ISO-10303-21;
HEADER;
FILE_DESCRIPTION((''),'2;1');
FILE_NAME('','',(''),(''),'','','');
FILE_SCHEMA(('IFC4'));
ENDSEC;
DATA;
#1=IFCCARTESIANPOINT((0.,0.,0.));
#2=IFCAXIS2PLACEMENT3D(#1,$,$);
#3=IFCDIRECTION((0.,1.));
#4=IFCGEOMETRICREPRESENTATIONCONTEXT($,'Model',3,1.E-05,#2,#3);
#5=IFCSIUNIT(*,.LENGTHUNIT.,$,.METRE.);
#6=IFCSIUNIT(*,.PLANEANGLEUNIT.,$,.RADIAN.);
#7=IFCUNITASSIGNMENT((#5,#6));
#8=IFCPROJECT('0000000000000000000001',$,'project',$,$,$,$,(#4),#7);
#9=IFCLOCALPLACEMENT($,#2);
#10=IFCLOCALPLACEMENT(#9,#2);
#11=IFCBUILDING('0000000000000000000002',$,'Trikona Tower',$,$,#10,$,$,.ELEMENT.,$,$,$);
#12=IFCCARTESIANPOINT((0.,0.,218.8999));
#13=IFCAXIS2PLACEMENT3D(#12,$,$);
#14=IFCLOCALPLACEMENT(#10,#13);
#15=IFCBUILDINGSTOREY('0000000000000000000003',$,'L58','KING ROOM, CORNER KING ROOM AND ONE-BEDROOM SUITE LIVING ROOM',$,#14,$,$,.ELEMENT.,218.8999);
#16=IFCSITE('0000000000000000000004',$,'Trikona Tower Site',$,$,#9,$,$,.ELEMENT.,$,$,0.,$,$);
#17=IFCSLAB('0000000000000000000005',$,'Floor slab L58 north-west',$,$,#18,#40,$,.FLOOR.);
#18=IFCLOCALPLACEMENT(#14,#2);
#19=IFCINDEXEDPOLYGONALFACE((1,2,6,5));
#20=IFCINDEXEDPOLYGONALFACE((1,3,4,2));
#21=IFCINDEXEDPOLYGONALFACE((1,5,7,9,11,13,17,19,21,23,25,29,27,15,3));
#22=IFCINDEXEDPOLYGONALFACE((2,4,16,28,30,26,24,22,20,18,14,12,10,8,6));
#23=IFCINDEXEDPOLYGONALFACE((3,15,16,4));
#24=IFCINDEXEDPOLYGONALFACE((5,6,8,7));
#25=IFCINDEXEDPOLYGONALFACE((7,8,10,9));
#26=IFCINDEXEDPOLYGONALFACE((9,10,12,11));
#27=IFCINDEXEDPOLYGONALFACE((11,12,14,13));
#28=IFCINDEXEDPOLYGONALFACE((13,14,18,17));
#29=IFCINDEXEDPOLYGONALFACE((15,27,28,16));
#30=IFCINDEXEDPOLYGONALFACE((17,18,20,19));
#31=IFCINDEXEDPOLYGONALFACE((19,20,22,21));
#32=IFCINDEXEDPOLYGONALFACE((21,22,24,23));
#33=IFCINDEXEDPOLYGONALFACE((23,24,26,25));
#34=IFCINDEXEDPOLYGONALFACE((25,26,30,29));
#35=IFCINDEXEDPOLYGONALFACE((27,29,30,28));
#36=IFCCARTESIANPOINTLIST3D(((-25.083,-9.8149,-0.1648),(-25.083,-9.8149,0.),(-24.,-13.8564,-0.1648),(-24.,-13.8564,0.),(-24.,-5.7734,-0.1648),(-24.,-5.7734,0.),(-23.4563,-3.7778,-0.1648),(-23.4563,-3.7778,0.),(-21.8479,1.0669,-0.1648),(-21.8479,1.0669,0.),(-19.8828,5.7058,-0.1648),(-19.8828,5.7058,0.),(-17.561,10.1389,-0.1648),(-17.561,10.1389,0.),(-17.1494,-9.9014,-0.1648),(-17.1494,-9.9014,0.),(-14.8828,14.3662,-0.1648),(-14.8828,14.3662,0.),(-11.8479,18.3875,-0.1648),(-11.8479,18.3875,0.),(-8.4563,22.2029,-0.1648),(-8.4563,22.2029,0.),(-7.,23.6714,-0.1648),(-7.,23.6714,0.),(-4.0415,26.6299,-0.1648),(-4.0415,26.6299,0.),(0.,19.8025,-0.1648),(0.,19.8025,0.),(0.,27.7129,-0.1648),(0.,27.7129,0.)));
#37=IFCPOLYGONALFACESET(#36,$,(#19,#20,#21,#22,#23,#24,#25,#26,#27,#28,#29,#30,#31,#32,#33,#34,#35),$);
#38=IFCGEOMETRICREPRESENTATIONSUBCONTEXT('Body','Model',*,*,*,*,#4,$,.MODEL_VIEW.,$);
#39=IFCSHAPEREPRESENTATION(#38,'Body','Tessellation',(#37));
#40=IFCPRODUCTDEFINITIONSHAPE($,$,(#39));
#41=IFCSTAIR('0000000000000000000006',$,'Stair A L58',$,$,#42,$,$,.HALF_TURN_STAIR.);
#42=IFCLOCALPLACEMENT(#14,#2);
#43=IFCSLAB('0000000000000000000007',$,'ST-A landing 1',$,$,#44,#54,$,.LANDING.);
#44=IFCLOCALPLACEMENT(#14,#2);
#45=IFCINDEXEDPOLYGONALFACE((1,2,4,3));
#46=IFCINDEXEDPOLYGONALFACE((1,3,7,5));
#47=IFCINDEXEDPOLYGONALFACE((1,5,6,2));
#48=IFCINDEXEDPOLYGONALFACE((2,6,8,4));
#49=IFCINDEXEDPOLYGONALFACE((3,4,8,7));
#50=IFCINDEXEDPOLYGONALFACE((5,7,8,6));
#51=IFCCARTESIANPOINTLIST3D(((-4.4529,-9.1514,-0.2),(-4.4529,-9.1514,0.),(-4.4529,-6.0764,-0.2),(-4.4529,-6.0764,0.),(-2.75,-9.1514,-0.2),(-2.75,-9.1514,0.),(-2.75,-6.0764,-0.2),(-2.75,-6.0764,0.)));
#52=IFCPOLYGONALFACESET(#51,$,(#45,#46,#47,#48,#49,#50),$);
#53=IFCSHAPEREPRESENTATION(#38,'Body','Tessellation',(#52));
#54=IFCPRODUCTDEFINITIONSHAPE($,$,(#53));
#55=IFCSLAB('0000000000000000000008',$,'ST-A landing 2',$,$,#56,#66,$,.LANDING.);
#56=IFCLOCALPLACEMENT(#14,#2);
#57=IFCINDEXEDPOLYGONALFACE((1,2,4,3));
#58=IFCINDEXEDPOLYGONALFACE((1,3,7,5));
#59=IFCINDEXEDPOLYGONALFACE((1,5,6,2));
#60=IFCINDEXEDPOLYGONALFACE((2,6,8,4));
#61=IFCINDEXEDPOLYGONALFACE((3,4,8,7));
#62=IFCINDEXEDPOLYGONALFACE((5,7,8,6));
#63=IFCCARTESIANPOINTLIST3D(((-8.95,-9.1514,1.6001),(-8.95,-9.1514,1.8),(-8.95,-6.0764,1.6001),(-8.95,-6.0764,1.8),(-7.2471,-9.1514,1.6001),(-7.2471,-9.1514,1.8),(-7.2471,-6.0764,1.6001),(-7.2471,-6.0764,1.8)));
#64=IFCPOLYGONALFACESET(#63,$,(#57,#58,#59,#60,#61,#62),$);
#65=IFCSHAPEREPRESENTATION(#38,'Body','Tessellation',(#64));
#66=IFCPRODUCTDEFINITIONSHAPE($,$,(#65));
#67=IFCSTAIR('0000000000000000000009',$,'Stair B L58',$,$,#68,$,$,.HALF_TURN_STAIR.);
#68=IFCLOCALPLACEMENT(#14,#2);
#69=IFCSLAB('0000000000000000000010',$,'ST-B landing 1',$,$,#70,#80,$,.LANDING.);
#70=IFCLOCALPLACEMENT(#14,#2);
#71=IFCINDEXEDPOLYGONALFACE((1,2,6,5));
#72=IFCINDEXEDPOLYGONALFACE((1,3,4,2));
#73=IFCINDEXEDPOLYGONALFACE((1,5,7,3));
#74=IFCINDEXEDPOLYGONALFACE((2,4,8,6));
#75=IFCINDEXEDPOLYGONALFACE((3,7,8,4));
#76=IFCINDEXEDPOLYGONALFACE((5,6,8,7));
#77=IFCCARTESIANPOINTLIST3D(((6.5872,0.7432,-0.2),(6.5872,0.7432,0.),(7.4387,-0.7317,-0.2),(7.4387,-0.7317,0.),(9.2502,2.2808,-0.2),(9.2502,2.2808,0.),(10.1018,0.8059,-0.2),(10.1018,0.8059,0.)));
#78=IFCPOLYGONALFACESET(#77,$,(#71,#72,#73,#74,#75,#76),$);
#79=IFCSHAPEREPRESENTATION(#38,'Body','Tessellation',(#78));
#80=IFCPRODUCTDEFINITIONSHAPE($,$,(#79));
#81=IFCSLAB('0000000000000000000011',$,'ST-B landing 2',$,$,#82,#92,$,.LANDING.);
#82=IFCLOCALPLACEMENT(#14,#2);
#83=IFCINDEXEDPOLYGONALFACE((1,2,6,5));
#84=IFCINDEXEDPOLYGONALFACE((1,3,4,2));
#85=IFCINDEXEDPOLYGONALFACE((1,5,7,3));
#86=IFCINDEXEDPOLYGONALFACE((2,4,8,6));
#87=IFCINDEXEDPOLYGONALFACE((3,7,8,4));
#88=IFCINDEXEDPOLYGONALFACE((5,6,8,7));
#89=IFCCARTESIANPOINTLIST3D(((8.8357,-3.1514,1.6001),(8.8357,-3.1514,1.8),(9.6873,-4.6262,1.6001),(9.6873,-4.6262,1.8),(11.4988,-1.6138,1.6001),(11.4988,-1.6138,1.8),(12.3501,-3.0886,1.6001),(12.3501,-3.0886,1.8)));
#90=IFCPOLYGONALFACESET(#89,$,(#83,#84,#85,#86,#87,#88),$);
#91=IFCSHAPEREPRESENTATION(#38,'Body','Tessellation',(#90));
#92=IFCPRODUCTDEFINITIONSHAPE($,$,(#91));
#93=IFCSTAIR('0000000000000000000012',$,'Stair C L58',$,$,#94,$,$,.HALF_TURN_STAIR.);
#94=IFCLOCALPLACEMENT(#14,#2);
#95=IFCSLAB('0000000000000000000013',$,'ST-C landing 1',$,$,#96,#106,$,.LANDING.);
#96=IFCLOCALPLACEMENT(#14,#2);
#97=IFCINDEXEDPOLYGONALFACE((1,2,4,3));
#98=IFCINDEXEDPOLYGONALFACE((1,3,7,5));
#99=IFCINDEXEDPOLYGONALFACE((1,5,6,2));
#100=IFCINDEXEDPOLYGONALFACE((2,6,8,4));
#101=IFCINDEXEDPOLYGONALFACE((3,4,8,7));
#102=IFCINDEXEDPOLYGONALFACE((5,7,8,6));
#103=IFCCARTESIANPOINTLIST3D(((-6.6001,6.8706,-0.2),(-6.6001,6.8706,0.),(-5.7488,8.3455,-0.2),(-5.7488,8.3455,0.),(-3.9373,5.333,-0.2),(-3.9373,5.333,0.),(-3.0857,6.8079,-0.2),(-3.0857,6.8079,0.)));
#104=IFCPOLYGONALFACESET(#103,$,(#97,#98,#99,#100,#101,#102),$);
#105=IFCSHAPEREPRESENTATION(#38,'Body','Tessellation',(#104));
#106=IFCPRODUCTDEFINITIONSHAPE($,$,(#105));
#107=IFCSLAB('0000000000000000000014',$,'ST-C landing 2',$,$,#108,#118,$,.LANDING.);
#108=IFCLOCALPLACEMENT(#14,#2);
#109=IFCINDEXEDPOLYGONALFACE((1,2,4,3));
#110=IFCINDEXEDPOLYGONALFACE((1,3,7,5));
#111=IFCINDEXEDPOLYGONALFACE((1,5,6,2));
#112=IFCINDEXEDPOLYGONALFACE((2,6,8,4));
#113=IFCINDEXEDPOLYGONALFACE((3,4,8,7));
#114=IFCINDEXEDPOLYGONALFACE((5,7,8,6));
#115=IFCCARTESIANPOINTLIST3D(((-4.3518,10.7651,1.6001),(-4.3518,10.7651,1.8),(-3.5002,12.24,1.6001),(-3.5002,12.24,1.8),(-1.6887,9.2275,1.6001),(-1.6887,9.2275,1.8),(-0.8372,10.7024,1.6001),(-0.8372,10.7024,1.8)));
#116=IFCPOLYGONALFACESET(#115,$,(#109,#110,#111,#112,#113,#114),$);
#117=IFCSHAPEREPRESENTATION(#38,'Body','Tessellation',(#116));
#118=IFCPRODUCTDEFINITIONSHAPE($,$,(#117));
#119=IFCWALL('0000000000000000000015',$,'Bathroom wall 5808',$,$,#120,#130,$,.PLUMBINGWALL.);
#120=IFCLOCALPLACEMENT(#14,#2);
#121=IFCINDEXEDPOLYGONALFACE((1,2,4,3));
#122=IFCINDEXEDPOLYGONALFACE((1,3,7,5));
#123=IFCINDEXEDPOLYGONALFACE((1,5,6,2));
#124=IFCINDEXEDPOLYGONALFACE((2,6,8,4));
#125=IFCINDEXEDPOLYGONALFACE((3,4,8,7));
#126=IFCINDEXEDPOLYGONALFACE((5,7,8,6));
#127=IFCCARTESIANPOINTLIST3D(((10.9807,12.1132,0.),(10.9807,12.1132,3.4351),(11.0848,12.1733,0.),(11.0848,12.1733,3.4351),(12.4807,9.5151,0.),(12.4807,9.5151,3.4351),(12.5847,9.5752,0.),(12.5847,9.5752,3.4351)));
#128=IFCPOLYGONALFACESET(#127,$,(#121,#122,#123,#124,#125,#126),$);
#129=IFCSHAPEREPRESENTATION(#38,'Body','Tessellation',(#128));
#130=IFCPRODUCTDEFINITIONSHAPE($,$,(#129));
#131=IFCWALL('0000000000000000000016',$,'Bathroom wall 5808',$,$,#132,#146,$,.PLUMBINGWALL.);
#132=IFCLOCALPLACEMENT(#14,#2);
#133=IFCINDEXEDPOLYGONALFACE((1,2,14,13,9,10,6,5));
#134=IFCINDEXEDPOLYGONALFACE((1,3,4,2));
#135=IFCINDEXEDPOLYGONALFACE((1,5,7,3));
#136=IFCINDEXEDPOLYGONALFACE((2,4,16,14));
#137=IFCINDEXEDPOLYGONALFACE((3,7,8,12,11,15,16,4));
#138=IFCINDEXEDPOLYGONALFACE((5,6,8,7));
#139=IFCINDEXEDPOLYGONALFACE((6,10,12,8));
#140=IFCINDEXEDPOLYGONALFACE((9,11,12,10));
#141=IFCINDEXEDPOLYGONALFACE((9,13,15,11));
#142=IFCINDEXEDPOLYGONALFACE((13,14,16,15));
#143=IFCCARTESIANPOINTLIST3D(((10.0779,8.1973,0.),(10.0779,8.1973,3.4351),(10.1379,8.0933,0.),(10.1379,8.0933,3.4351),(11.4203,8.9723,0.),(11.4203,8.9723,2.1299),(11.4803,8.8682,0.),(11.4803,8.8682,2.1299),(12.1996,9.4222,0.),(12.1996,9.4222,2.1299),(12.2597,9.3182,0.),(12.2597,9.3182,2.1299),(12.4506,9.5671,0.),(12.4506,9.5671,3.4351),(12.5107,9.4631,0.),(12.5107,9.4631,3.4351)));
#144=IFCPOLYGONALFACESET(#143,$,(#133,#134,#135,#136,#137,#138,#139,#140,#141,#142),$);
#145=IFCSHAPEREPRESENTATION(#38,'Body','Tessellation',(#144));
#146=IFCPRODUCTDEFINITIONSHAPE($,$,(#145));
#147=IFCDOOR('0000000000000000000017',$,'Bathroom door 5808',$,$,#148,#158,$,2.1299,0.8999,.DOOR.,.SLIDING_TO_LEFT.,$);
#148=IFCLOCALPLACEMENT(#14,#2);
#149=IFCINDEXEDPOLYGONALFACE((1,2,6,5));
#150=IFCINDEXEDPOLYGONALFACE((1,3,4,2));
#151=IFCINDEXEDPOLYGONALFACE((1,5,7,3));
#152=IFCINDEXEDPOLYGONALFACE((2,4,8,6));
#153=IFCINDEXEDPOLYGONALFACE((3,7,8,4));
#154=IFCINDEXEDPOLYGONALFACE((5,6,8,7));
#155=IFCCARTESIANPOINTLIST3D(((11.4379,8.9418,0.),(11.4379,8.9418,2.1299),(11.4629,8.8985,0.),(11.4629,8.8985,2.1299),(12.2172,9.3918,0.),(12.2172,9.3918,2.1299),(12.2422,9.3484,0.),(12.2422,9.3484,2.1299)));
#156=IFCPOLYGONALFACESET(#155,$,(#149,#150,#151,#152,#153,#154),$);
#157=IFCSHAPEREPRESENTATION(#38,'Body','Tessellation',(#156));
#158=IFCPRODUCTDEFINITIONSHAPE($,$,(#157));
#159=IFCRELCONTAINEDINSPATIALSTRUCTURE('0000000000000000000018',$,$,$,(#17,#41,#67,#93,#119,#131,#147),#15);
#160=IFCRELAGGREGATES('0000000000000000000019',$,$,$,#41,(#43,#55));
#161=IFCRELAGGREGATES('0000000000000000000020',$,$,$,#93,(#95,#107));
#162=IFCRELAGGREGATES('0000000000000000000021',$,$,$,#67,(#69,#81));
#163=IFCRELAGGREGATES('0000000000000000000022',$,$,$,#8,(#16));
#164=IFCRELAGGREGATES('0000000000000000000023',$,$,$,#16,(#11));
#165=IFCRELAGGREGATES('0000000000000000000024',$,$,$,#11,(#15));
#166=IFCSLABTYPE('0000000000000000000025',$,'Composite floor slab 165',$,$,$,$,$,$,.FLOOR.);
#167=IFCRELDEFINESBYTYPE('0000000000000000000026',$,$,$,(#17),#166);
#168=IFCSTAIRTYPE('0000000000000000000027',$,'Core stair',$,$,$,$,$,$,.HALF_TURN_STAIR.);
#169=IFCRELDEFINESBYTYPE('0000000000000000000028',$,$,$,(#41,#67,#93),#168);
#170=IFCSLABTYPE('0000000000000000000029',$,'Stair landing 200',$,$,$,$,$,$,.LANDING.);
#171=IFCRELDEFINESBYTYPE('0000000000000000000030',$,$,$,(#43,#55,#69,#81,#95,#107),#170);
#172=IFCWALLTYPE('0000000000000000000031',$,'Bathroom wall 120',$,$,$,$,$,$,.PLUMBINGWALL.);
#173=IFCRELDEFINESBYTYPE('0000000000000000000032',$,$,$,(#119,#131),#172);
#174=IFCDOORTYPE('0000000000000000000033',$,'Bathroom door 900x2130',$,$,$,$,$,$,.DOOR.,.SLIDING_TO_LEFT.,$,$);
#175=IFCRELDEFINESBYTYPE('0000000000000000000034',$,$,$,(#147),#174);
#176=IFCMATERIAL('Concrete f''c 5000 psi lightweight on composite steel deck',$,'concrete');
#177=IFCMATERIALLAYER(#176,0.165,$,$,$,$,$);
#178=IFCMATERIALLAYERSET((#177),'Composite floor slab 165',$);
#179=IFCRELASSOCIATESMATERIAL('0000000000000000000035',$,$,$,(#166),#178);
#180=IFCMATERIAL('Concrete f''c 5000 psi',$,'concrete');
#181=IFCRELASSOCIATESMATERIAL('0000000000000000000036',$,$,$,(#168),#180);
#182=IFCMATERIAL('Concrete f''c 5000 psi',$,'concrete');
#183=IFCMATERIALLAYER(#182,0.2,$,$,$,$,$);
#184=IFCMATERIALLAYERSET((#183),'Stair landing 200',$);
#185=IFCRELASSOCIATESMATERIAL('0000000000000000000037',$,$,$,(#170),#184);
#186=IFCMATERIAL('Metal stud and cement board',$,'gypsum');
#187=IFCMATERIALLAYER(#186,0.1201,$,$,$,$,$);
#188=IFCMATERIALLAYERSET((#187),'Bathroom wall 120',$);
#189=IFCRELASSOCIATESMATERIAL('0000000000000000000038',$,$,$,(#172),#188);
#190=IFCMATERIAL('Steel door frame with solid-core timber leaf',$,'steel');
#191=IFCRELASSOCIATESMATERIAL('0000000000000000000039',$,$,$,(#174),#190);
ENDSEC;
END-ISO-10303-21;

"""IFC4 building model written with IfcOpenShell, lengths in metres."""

from ifc_helpers import new_model, si_unit, direction, frame, frame_2d, origin, place, context, subcontext, project, spatial, polyline, rectangle, outline, extrude, material, layer, layer_set, type_object, element, fill, aggregate, save


model = new_model("IFC4")

# Units and contexts
model_context = context("Model", 3, precision=1e-05, world=origin(), true_north=direction((0.0, 1.0)))
body_context = subcontext(model_context, "Body", "Model", "MODEL_VIEW")
ifc_project = project(units=[si_unit("LENGTHUNIT", "METRE"), si_unit("PLANEANGLEUNIT", "RADIAN")], contexts=[model_context])

# Site, building, storey
site_placement = place(None, origin())
site = spatial("IfcSite", under=ifc_project, at=site_placement, Name="Trikona Tower Site", CompositionType="ELEMENT", RefElevation=0.0)
building_placement = place(site_placement, origin())
building = spatial("IfcBuilding", under=site, at=building_placement, Name="Trikona Tower", CompositionType="ELEMENT")
storey_placement = place(building_placement, frame((0.0, 0.0, 218.8999)))
storey = spatial("IfcBuildingStorey", under=building, at=storey_placement, Name="L58", Description="KING ROOM, CORNER KING ROOM AND ONE-BEDROOM SUITE LIVING ROOM", CompositionType="ELEMENT", Elevation=218.8999)

# Slab
ifc_material_1 = material(Name="Concrete f'c 5000 psi lightweight on composite steel deck", Category="concrete")
ifc_layer_1 = layer(ifc_material_1, 0.165)
ifc_layer_set_1 = layer_set([ifc_layer_1], Name="Composite floor slab 165")
slab_type_1 = type_object("IfcSlabType", Name="Composite floor slab 165", PredefinedType="FLOOR", material=ifc_layer_set_1)
slab_1_placement = place(storey_placement, frame((0.0, 0.0, -0.1648)))
element("IfcSlab", 1, at=slab_1_placement, inside=storey, type_object=slab_type_1, Name="Floor slab L58 north-west", PredefinedType="FLOOR", context=body_context, shape_type="SweptSolid", body=[
    extrude(outline(polyline([(-7.0, 23.6714), (-8.4563, 22.2029), (-11.8479, 18.3875), (-14.8828, 14.3662), (-17.561, 10.1389), (-19.8828, 5.7058), (-21.8479, 1.0669), (-23.4563, -3.7778), (-24.0, -5.7734), (-25.083, -9.8149), (-24.0, -13.8564), (-17.1494, -9.9014), (0.0, 19.8025), (0.0, 27.7129), (-4.0415, 26.6299), (-7.0, 23.6714)])), origin(), (0.0, 0.0, 1.0), 0.1648),
])

# Stairs, slabs
ifc_material_2 = material(Name="Concrete f'c 5000 psi", Category="concrete")
stair_type = type_object("IfcStairType", Name="Core stair", PredefinedType="HALF_TURN_STAIR", material=ifc_material_2)
stair_1_placement = place(storey_placement, origin())
stair_1 = element("IfcStair", 2, at=stair_1_placement, inside=storey, type_object=stair_type, Name="Stair A L58", PredefinedType="HALF_TURN_STAIR")
ifc_material_3 = material(Name="Concrete f'c 5000 psi", Category="concrete")
ifc_layer_2 = layer(ifc_material_3, 0.2)
ifc_layer_set_2 = layer_set([ifc_layer_2], Name="Stair landing 200")
slab_type_2 = type_object("IfcSlabType", Name="Stair landing 200", PredefinedType="LANDING", material=ifc_layer_set_2)
slab_2_placement = place(storey_placement, frame((0.0, 0.0, -0.2)))
slab_2 = element("IfcSlab", 3, at=slab_2_placement, type_object=slab_type_2, Name="ST-A landing 1", PredefinedType="LANDING", context=body_context, shape_type="SweptSolid", body=[
    extrude(outline(polyline([(-4.4529, -6.0764), (-2.75, -6.0764), (-2.75, -9.1514), (-4.4529, -9.1514), (-4.4529, -6.0764)])), origin(), (0.0, 0.0, 1.0), 0.2),
])
slab_3_placement = place(storey_placement, frame((0.0, 0.0, 1.6001)))
slab_3 = element("IfcSlab", 4, at=slab_3_placement, type_object=slab_type_2, Name="ST-A landing 2", PredefinedType="LANDING", context=body_context, shape_type="SweptSolid", body=[
    extrude(outline(polyline([(-8.95, -6.0764), (-7.2471, -6.0764), (-7.2471, -9.1514), (-8.95, -9.1514), (-8.95, -6.0764)])), origin(), (0.0, 0.0, 1.0), 0.2),
])
aggregate(stair_1, [slab_2, slab_3])
stair_2_placement = place(storey_placement, origin())
stair_2 = element("IfcStair", 5, at=stair_2_placement, inside=storey, type_object=stair_type, Name="Stair B L58", PredefinedType="HALF_TURN_STAIR")
slab_4_placement = place(storey_placement, frame((0.0, 0.0, -0.2)))
slab_4 = element("IfcSlab", 6, at=slab_4_placement, type_object=slab_type_2, Name="ST-B landing 1", PredefinedType="LANDING", context=body_context, shape_type="SweptSolid", body=[
    extrude(outline(polyline([(7.4387, -0.7317), (6.5872, 0.7432), (9.2502, 2.2808), (10.1018, 0.8059), (7.4387, -0.7317)])), origin(), (0.0, 0.0, 1.0), 0.2),
])
slab_5_placement = place(storey_placement, frame((0.0, 0.0, 1.6001)))
slab_5 = element("IfcSlab", 7, at=slab_5_placement, type_object=slab_type_2, Name="ST-B landing 2", PredefinedType="LANDING", context=body_context, shape_type="SweptSolid", body=[
    extrude(outline(polyline([(9.6873, -4.6262), (8.8357, -3.1514), (11.4988, -1.6138), (12.3501, -3.0886), (9.6873, -4.6262)])), origin(), (0.0, 0.0, 1.0), 0.2),
])
stair_3_placement = place(storey_placement, origin())
stair_3 = element("IfcStair", 8, at=stair_3_placement, inside=storey, type_object=stair_type, Name="Stair C L58", PredefinedType="HALF_TURN_STAIR")
slab_6_placement = place(storey_placement, frame((0.0, 0.0, -0.2)))
slab_6 = element("IfcSlab", 9, at=slab_6_placement, type_object=slab_type_2, Name="ST-C landing 1", PredefinedType="LANDING", context=body_context, shape_type="SweptSolid", body=[
    extrude(outline(polyline([(-3.0857, 6.8079), (-3.9373, 5.333), (-6.6001, 6.8706), (-5.7488, 8.3455), (-3.0857, 6.8079)])), origin(), (0.0, 0.0, 1.0), 0.2),
])
slab_7_placement = place(storey_placement, frame((0.0, 0.0, 1.6001)))
slab_7 = element("IfcSlab", 10, at=slab_7_placement, type_object=slab_type_2, Name="ST-C landing 2", PredefinedType="LANDING", context=body_context, shape_type="SweptSolid", body=[
    extrude(outline(polyline([(-0.8372, 10.7024), (-1.6887, 9.2275), (-4.3518, 10.7651), (-3.5002, 12.24), (-0.8372, 10.7024)])), origin(), (0.0, 0.0, 1.0), 0.2),
])
aggregate(stair_3, [slab_6, slab_7])

# Wall
ifc_material_4 = material(Name="Metal stud and cement board", Category="gypsum")
ifc_layer_3 = layer(ifc_material_4, 0.1201)
ifc_layer_set_3 = layer_set([ifc_layer_3], Name="Bathroom wall 120")
wall_type_1 = type_object("IfcWallType", Name="Bathroom wall 120", PredefinedType="PLUMBINGWALL", material=ifc_layer_set_3)
wall_1_placement = place(storey_placement, frame((12.5327, 9.5452, 0.0), z_axis=(0.0, 0.0, 1.0), x_axis=(-0.49999, 0.866031, 0.0)))
element("IfcWall", 11, at=wall_1_placement, inside=storey, type_object=wall_type_1, Name="Bathroom wall 5808", PredefinedType="PLUMBINGWALL", context=body_context, shape_type="SweptSolid", body=[
    extrude(rectangle(XDim=3.0, YDim=0.1201, at=frame_2d((1.5, 0.0))), origin(), (0.0, 0.0, 1.0), 3.4351),
])

# Wall, opening, door
wall_2_placement = place(storey_placement, frame((10.1079, 8.1453, 0.0), z_axis=(0.0, 0.0, 1.0), x_axis=(0.866036, 0.499982, 0.0)))
wall_2 = element("IfcWall", 12, at=wall_2_placement, inside=storey, type_object=wall_type_1, Name="Bathroom wall 5808", PredefinedType="PLUMBINGWALL", context=body_context, shape_type="SweptSolid", body=[
    extrude(rectangle(XDim=2.7397, YDim=0.1201, at=frame_2d((1.3699, 0.0))), origin(), (0.0, 0.0, 1.0), 3.4351),
])
opening_1_placement = place(wall_2_placement, frame((1.55, 0.0, 0.0)))
opening_1 = element("IfcOpeningElement", 13, at=opening_1_placement, cuts=wall_2, PredefinedType="OPENING", context=body_context, shape_type="SweptSolid", body=[
    extrude(rectangle(XDim=0.8999, YDim=2.1299, at=frame_2d((0.45, 1.0649))), frame((0.0, 0.0701, 0.0), z_axis=(0.0, -1.0, 0.0), x_axis=(1.0, 0.0, 0.0)), (0.0, 0.0, 1.0), 0.1401),
])
ifc_material_5 = material(Name="Steel door frame with solid-core timber leaf", Category="steel")
door_type_1 = type_object("IfcDoorType", Name="Bathroom door 900x2130", OperationType="SLIDING_TO_LEFT", PredefinedType="DOOR", material=ifc_material_5)
door_1_placement = place(opening_1_placement, origin())
door_1 = element("IfcDoor", 14, at=door_1_placement, inside=storey, type_object=door_type_1, Name="Bathroom door 5808", OperationType="SLIDING_TO_LEFT", OverallHeight=2.1299, OverallWidth=0.8999, PredefinedType="DOOR", context=body_context, shape_type="SweptSolid", body=[
    extrude(rectangle(XDim=0.8999, YDim=2.1299, at=frame_2d((0.45, 1.0649))), frame((0.0, 0.0249, 0.0), z_axis=(0.0, -1.0, 0.0), x_axis=(1.0, 0.0, 0.0)), (0.0, 0.0, 1.0), 0.05),
])
fill(opening_1, door_1)

aggregate(stair_2, [slab_4, slab_5])

save(model, "model.ifc")
